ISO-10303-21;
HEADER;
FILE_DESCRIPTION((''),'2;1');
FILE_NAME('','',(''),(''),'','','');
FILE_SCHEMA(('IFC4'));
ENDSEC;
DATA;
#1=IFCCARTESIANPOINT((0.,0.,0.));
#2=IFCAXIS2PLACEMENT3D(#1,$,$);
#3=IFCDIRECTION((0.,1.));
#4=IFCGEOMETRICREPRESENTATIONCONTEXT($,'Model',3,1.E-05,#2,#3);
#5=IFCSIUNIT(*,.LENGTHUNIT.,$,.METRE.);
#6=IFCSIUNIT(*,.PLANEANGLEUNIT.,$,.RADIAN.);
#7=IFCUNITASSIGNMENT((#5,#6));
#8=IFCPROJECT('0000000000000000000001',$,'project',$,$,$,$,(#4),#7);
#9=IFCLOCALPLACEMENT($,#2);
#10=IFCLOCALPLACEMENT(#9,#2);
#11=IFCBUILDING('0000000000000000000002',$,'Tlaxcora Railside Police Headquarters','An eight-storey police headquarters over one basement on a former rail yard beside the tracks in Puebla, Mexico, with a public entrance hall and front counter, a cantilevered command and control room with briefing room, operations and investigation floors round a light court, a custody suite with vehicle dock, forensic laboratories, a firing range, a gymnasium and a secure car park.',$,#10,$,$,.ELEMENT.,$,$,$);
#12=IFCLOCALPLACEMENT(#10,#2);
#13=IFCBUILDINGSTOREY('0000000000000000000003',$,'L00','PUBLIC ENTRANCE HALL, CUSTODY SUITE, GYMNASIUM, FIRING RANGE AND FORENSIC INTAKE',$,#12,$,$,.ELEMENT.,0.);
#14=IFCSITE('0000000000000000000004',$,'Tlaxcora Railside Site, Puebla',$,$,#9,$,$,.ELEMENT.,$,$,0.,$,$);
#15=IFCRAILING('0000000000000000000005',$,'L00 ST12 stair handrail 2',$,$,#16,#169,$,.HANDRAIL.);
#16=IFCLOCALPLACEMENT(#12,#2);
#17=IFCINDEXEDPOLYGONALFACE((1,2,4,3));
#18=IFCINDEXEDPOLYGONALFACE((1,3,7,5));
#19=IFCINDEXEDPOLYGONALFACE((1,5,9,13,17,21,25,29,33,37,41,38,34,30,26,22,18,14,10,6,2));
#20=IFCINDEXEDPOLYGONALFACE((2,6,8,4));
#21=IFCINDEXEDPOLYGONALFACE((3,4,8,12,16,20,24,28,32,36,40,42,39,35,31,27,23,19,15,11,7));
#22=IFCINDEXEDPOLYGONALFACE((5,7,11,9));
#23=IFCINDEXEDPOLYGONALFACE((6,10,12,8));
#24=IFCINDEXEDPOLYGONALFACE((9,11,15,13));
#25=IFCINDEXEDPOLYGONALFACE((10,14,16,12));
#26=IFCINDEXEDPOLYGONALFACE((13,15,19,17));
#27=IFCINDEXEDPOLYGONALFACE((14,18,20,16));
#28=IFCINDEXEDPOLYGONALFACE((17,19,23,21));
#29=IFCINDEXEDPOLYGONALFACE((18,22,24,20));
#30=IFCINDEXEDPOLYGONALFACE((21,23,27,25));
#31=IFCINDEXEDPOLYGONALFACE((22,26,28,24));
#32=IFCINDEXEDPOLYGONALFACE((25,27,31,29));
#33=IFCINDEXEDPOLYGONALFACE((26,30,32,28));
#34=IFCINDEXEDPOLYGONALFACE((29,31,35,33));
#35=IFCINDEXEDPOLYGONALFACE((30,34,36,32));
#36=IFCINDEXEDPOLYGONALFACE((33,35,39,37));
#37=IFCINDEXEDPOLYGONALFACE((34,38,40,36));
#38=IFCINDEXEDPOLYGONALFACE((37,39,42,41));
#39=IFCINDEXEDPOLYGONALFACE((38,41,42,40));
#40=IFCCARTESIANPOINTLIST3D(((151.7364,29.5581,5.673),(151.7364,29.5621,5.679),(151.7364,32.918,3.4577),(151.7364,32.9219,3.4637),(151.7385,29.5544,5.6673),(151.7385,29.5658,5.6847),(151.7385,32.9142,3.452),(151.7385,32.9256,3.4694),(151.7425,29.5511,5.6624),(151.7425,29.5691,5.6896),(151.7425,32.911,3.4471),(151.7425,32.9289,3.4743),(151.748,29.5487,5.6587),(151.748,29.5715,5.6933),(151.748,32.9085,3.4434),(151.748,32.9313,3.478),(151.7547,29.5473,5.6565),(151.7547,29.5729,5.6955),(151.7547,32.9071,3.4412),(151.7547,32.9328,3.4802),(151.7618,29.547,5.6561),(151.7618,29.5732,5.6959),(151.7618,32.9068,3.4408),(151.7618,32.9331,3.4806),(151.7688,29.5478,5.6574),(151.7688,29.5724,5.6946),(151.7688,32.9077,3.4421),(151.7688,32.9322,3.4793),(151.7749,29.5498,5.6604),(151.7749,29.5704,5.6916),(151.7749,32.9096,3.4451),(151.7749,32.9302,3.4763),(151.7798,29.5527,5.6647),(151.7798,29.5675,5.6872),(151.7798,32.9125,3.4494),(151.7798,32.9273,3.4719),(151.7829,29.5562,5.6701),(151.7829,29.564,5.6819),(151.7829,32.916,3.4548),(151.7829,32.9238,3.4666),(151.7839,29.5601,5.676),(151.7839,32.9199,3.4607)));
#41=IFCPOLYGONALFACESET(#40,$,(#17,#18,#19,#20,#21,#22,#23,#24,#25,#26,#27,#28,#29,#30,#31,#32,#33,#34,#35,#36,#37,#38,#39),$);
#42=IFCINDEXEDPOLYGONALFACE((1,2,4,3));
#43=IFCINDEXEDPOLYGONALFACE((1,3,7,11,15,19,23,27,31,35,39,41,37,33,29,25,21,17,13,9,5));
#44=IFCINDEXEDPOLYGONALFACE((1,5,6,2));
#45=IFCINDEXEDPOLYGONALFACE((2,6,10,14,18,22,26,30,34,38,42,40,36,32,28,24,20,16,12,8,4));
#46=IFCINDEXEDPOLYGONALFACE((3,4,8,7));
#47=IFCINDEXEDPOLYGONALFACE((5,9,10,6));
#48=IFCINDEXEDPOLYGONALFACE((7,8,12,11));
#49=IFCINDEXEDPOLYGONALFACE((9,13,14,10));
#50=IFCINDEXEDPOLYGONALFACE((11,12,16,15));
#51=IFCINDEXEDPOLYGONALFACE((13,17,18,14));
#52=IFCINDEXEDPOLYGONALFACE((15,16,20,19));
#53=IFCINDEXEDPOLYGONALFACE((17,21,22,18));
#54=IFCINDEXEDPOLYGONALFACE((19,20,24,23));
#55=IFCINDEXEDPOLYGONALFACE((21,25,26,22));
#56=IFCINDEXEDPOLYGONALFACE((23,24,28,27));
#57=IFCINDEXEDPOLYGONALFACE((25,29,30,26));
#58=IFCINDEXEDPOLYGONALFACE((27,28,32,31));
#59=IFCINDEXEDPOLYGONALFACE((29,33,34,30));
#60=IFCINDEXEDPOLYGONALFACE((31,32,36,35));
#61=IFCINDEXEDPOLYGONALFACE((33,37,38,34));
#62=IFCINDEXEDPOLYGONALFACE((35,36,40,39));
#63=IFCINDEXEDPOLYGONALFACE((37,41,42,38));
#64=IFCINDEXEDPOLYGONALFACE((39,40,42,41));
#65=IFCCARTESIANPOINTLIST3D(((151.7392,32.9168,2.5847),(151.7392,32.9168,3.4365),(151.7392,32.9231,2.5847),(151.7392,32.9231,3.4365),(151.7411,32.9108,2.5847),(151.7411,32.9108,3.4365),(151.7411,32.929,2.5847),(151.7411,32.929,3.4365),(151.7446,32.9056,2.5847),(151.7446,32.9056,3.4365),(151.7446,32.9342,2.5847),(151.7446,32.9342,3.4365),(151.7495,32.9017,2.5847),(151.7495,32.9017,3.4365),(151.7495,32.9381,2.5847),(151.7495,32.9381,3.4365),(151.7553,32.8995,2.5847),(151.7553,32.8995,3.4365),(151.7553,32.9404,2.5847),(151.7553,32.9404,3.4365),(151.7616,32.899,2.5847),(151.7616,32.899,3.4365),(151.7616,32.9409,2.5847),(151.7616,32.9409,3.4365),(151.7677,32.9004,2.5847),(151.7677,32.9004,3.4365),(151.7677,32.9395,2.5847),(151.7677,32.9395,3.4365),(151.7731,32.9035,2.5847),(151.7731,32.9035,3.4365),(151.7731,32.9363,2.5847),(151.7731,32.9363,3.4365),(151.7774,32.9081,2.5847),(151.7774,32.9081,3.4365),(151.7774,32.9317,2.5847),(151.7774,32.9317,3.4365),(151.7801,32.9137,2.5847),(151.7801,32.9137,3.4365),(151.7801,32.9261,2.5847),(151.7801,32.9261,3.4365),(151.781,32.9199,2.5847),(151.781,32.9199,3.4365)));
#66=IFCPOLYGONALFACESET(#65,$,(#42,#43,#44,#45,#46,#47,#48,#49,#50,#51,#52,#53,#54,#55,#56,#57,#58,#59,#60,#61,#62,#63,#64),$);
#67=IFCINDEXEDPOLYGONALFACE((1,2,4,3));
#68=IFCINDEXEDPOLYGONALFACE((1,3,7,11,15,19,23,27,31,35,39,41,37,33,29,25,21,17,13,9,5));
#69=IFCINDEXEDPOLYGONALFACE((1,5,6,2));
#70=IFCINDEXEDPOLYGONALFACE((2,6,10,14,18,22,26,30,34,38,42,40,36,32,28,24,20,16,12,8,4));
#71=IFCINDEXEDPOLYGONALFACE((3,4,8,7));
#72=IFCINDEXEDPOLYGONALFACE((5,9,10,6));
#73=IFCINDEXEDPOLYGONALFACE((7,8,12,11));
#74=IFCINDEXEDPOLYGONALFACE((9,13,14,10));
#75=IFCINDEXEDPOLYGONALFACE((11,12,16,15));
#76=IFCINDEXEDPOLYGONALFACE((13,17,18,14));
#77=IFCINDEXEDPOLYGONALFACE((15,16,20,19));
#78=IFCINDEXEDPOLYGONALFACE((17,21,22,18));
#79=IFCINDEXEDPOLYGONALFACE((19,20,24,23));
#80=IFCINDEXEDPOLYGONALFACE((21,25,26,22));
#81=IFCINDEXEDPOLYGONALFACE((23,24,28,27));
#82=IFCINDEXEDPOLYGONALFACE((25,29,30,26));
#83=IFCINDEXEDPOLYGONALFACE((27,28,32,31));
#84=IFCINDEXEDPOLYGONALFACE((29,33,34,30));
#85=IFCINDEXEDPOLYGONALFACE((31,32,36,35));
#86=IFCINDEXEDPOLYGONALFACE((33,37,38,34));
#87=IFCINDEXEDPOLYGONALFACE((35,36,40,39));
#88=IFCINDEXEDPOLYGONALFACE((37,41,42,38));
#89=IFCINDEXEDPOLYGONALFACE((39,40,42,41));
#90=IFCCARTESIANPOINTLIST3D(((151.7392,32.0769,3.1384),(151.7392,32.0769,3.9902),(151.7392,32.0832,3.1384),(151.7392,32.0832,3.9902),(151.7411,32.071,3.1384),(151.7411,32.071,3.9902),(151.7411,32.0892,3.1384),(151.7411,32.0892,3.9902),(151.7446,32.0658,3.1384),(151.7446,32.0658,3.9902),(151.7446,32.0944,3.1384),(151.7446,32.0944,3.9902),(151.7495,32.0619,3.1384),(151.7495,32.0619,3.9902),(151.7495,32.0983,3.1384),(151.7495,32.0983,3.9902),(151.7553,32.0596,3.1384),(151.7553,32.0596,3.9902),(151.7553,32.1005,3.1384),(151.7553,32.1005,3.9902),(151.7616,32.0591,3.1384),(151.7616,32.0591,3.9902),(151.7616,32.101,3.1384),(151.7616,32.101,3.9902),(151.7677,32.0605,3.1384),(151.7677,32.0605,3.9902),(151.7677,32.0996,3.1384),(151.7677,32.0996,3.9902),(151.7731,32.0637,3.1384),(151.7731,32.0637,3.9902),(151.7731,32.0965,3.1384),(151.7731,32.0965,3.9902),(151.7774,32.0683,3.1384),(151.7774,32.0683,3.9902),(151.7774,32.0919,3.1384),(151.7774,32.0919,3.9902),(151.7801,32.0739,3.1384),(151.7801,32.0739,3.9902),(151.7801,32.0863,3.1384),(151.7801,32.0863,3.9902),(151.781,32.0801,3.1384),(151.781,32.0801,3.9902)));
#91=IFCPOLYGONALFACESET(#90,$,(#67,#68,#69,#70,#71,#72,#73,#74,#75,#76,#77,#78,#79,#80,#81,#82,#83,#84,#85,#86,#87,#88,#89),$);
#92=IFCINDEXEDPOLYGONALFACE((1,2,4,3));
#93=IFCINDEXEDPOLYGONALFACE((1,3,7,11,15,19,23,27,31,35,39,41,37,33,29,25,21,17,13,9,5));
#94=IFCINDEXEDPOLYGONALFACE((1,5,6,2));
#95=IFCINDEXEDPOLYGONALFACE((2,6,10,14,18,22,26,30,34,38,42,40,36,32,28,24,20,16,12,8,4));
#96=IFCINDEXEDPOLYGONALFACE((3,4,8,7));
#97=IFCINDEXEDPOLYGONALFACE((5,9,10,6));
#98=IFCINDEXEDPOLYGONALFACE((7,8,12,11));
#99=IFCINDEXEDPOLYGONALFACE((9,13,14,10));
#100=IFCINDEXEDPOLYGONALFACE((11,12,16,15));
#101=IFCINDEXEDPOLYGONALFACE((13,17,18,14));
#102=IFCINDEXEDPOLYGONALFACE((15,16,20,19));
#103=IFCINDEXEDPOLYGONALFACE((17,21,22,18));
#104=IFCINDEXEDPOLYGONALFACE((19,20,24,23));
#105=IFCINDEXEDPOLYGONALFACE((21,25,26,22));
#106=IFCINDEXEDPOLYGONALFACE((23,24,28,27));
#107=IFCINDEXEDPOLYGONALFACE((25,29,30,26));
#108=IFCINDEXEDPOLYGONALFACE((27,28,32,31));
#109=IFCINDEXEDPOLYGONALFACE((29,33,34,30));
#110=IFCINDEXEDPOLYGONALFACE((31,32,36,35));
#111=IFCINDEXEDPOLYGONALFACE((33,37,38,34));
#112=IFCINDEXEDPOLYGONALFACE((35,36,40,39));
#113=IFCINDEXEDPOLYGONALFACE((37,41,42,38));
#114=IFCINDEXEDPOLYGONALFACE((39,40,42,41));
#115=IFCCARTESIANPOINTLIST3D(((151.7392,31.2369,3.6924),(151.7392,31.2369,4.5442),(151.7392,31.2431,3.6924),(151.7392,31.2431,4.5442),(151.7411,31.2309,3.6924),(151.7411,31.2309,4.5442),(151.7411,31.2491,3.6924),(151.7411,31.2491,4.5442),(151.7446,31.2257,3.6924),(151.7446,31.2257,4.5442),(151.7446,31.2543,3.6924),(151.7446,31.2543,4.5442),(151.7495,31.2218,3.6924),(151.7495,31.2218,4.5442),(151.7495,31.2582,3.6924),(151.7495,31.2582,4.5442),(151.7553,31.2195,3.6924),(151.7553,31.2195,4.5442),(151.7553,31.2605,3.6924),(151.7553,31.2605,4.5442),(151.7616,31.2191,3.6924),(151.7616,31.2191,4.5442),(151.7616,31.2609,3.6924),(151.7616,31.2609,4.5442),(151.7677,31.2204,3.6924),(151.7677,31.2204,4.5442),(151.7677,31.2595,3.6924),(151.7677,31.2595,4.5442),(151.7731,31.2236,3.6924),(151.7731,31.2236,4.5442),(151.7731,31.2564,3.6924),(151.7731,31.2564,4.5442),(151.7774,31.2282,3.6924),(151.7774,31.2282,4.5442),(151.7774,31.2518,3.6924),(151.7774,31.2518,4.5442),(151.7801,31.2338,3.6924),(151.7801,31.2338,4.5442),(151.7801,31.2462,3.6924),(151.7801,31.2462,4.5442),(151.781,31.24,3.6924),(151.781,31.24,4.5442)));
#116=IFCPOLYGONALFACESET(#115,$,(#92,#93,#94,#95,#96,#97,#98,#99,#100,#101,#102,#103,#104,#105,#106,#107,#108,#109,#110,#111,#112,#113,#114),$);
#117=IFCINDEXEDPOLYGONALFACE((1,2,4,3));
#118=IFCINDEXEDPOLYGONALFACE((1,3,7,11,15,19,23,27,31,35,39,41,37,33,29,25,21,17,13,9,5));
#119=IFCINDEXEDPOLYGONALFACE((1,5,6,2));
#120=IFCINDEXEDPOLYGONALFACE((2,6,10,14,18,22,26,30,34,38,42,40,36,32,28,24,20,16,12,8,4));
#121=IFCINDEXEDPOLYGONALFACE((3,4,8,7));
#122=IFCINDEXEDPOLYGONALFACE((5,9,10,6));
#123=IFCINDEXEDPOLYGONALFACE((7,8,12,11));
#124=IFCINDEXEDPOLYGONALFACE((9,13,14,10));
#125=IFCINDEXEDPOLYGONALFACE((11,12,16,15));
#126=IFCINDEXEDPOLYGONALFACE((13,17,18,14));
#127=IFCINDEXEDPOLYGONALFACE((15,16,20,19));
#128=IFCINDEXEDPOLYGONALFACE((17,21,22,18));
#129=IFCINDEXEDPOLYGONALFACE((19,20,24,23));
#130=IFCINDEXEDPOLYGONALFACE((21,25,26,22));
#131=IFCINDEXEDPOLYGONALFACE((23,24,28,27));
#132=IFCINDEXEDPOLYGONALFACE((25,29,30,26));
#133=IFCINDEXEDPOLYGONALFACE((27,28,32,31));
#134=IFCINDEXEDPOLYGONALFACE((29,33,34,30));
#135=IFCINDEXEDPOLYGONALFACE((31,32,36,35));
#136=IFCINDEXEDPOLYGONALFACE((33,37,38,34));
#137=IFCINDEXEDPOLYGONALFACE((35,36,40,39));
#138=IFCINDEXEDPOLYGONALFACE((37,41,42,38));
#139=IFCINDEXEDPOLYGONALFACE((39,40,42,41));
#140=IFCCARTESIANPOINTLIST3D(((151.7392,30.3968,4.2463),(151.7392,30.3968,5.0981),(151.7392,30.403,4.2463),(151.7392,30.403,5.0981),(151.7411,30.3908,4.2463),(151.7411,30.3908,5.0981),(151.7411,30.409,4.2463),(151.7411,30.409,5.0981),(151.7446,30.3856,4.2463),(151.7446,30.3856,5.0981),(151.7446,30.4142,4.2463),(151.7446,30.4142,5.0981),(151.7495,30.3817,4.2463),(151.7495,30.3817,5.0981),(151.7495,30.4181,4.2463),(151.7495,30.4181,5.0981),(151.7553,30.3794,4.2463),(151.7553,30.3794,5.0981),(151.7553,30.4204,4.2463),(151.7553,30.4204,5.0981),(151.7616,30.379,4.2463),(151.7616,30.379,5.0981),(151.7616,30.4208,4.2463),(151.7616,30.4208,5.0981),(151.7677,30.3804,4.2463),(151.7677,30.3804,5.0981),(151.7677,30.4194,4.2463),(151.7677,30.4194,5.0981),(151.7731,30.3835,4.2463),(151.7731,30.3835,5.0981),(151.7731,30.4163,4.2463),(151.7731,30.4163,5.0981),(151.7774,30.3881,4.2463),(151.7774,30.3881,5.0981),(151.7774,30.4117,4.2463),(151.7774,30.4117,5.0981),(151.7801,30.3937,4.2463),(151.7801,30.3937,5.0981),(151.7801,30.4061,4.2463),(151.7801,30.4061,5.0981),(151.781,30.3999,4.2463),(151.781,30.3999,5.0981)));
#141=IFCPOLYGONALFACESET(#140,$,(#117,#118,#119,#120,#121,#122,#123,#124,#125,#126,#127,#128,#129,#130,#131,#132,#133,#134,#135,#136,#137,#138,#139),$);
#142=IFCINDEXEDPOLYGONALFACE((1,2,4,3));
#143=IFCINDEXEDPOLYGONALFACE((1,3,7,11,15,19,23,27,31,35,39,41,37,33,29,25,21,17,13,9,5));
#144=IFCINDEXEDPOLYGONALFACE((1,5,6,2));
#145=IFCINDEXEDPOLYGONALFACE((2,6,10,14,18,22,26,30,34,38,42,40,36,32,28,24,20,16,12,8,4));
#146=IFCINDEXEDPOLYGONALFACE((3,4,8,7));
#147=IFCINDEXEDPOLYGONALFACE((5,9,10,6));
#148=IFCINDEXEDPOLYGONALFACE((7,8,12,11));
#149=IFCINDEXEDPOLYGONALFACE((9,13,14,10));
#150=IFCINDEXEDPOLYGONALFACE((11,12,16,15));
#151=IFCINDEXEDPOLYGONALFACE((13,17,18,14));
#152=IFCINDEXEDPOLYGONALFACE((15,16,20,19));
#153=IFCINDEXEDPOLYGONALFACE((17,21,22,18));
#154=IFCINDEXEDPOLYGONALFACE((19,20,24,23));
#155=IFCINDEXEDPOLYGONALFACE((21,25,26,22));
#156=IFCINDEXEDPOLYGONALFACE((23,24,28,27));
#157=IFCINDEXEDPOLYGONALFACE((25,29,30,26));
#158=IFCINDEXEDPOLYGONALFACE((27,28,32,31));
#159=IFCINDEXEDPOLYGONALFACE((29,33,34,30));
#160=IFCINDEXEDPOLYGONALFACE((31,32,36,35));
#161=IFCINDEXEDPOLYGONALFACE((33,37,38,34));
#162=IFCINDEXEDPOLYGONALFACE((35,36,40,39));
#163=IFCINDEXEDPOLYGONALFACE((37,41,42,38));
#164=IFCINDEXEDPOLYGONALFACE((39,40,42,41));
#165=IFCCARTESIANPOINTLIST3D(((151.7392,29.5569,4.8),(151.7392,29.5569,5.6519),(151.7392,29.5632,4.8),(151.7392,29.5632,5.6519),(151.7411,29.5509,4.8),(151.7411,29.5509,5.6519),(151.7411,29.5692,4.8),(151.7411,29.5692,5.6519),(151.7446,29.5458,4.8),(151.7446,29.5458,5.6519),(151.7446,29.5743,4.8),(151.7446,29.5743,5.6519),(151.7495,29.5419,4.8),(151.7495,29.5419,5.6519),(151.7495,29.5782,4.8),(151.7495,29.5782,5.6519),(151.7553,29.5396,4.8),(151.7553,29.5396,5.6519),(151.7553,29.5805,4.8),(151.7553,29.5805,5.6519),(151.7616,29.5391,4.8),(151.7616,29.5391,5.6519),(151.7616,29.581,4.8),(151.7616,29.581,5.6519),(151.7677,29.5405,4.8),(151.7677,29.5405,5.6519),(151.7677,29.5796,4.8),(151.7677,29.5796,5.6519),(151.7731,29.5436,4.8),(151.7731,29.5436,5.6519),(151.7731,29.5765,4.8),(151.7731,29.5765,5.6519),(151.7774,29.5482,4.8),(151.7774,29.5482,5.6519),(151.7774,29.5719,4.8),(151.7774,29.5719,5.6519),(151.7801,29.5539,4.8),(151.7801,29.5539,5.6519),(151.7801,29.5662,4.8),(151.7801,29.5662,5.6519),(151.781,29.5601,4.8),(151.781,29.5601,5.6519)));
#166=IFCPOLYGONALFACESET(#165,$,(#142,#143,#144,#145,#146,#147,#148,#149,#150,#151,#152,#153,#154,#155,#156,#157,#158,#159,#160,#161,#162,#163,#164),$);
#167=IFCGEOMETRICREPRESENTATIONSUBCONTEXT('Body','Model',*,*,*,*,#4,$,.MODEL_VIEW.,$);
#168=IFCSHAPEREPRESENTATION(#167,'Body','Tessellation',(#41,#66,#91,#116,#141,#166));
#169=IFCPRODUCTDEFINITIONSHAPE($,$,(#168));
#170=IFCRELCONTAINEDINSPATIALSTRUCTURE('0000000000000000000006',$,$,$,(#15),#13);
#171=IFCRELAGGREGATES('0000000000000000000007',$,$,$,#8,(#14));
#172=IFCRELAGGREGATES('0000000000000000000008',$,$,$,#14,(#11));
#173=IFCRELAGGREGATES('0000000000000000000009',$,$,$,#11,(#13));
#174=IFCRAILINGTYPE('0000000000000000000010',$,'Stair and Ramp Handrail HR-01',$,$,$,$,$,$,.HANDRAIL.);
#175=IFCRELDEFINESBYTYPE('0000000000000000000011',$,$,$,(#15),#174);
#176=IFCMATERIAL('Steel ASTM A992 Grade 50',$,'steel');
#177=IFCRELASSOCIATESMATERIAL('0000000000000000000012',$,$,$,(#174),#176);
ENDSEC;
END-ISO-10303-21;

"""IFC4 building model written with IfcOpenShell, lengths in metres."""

from ifc_helpers import new_model, si_unit, direction, frame, origin, origin_2d, place, context, subcontext, project, spatial, circle, extrude, material, type_object, element, save


model = new_model("IFC4")

# Units and contexts
model_context = context("Model", 3, precision=1e-05, world=origin(), true_north=direction((0.0, 1.0)))
body_context = subcontext(model_context, "Body", "Model", "MODEL_VIEW")
ifc_project = project(units=[si_unit("LENGTHUNIT", "METRE"), si_unit("PLANEANGLEUNIT", "RADIAN")], contexts=[model_context])

# Site, building, storey
site_placement = place(None, origin())
site = spatial("IfcSite", under=ifc_project, at=site_placement, Name="Tlaxcora Railside Site, Puebla", CompositionType="ELEMENT", RefElevation=0.0)
building_placement = place(site_placement, origin())
building = spatial("IfcBuilding", under=site, at=building_placement, Name="Tlaxcora Railside Police Headquarters", Description="An eight-storey police headquarters over one basement on a former rail yard beside the tracks in Puebla, Mexico, with a public entrance hall and front counter, a cantilevered command and control room with briefing room, operations and investigation floors round a light court, a custody suite with vehicle dock, forensic laboratories, a firing range, a gymnasium and a secure car park.", CompositionType="ELEMENT")
storey_placement = place(building_placement, origin())
storey = spatial("IfcBuildingStorey", under=building, at=storey_placement, Name="L00", Description="PUBLIC ENTRANCE HALL, CUSTODY SUITE, GYMNASIUM, FIRING RANGE AND FORENSIC INTAKE", CompositionType="ELEMENT", Elevation=0.0)

# Shared definitions
ifc_material_1 = material(Name="Steel ASTM A992 Grade 50", Category="steel")

# Railing
railing_type_1 = type_object("IfcRailingType", Name="Stair and Ramp Handrail HR-01", PredefinedType="HANDRAIL", material=ifc_material_1)
railing_1_placement = place(storey_placement, frame((151.76, 32.9199, 2.5847)))
element("IfcRailing", 1, at=railing_1_placement, inside=storey, type_object=railing_type_1, Name="L00 ST12 stair handrail 2", PredefinedType="HANDRAIL", context=body_context, shape_type="SweptSolid", body=[
    extrude(circle(Radius=0.0239, at=origin_2d()), frame((0.0, 0.0, 0.876), z_axis=(0.0, -0.834858, 0.550465), x_axis=(1.0, 0.0, 0.0)), (0.0, 0.0, 1.0), 4.0244),
    extrude(circle(Radius=0.021, at=origin_2d()), origin(), (0.0, 0.0, 1.0), 0.8518),
    extrude(circle(Radius=0.021, at=origin_2d()), frame((0.0, -0.8398, 0.5537)), (0.0, 0.0, 1.0), 0.8518),
    extrude(circle(Radius=0.021, at=origin_2d()), frame((0.0, -1.6799, 1.1077)), (0.0, 0.0, 1.0), 0.8518),
    extrude(circle(Radius=0.021, at=origin_2d()), frame((0.0, -2.52, 1.6616)), (0.0, 0.0, 1.0), 0.8518),
    extrude(circle(Radius=0.021, at=origin_2d()), frame((0.0, -3.3599, 2.2153)), (0.0, 0.0, 1.0), 0.8518),
])

save(model, "model.ifc")
